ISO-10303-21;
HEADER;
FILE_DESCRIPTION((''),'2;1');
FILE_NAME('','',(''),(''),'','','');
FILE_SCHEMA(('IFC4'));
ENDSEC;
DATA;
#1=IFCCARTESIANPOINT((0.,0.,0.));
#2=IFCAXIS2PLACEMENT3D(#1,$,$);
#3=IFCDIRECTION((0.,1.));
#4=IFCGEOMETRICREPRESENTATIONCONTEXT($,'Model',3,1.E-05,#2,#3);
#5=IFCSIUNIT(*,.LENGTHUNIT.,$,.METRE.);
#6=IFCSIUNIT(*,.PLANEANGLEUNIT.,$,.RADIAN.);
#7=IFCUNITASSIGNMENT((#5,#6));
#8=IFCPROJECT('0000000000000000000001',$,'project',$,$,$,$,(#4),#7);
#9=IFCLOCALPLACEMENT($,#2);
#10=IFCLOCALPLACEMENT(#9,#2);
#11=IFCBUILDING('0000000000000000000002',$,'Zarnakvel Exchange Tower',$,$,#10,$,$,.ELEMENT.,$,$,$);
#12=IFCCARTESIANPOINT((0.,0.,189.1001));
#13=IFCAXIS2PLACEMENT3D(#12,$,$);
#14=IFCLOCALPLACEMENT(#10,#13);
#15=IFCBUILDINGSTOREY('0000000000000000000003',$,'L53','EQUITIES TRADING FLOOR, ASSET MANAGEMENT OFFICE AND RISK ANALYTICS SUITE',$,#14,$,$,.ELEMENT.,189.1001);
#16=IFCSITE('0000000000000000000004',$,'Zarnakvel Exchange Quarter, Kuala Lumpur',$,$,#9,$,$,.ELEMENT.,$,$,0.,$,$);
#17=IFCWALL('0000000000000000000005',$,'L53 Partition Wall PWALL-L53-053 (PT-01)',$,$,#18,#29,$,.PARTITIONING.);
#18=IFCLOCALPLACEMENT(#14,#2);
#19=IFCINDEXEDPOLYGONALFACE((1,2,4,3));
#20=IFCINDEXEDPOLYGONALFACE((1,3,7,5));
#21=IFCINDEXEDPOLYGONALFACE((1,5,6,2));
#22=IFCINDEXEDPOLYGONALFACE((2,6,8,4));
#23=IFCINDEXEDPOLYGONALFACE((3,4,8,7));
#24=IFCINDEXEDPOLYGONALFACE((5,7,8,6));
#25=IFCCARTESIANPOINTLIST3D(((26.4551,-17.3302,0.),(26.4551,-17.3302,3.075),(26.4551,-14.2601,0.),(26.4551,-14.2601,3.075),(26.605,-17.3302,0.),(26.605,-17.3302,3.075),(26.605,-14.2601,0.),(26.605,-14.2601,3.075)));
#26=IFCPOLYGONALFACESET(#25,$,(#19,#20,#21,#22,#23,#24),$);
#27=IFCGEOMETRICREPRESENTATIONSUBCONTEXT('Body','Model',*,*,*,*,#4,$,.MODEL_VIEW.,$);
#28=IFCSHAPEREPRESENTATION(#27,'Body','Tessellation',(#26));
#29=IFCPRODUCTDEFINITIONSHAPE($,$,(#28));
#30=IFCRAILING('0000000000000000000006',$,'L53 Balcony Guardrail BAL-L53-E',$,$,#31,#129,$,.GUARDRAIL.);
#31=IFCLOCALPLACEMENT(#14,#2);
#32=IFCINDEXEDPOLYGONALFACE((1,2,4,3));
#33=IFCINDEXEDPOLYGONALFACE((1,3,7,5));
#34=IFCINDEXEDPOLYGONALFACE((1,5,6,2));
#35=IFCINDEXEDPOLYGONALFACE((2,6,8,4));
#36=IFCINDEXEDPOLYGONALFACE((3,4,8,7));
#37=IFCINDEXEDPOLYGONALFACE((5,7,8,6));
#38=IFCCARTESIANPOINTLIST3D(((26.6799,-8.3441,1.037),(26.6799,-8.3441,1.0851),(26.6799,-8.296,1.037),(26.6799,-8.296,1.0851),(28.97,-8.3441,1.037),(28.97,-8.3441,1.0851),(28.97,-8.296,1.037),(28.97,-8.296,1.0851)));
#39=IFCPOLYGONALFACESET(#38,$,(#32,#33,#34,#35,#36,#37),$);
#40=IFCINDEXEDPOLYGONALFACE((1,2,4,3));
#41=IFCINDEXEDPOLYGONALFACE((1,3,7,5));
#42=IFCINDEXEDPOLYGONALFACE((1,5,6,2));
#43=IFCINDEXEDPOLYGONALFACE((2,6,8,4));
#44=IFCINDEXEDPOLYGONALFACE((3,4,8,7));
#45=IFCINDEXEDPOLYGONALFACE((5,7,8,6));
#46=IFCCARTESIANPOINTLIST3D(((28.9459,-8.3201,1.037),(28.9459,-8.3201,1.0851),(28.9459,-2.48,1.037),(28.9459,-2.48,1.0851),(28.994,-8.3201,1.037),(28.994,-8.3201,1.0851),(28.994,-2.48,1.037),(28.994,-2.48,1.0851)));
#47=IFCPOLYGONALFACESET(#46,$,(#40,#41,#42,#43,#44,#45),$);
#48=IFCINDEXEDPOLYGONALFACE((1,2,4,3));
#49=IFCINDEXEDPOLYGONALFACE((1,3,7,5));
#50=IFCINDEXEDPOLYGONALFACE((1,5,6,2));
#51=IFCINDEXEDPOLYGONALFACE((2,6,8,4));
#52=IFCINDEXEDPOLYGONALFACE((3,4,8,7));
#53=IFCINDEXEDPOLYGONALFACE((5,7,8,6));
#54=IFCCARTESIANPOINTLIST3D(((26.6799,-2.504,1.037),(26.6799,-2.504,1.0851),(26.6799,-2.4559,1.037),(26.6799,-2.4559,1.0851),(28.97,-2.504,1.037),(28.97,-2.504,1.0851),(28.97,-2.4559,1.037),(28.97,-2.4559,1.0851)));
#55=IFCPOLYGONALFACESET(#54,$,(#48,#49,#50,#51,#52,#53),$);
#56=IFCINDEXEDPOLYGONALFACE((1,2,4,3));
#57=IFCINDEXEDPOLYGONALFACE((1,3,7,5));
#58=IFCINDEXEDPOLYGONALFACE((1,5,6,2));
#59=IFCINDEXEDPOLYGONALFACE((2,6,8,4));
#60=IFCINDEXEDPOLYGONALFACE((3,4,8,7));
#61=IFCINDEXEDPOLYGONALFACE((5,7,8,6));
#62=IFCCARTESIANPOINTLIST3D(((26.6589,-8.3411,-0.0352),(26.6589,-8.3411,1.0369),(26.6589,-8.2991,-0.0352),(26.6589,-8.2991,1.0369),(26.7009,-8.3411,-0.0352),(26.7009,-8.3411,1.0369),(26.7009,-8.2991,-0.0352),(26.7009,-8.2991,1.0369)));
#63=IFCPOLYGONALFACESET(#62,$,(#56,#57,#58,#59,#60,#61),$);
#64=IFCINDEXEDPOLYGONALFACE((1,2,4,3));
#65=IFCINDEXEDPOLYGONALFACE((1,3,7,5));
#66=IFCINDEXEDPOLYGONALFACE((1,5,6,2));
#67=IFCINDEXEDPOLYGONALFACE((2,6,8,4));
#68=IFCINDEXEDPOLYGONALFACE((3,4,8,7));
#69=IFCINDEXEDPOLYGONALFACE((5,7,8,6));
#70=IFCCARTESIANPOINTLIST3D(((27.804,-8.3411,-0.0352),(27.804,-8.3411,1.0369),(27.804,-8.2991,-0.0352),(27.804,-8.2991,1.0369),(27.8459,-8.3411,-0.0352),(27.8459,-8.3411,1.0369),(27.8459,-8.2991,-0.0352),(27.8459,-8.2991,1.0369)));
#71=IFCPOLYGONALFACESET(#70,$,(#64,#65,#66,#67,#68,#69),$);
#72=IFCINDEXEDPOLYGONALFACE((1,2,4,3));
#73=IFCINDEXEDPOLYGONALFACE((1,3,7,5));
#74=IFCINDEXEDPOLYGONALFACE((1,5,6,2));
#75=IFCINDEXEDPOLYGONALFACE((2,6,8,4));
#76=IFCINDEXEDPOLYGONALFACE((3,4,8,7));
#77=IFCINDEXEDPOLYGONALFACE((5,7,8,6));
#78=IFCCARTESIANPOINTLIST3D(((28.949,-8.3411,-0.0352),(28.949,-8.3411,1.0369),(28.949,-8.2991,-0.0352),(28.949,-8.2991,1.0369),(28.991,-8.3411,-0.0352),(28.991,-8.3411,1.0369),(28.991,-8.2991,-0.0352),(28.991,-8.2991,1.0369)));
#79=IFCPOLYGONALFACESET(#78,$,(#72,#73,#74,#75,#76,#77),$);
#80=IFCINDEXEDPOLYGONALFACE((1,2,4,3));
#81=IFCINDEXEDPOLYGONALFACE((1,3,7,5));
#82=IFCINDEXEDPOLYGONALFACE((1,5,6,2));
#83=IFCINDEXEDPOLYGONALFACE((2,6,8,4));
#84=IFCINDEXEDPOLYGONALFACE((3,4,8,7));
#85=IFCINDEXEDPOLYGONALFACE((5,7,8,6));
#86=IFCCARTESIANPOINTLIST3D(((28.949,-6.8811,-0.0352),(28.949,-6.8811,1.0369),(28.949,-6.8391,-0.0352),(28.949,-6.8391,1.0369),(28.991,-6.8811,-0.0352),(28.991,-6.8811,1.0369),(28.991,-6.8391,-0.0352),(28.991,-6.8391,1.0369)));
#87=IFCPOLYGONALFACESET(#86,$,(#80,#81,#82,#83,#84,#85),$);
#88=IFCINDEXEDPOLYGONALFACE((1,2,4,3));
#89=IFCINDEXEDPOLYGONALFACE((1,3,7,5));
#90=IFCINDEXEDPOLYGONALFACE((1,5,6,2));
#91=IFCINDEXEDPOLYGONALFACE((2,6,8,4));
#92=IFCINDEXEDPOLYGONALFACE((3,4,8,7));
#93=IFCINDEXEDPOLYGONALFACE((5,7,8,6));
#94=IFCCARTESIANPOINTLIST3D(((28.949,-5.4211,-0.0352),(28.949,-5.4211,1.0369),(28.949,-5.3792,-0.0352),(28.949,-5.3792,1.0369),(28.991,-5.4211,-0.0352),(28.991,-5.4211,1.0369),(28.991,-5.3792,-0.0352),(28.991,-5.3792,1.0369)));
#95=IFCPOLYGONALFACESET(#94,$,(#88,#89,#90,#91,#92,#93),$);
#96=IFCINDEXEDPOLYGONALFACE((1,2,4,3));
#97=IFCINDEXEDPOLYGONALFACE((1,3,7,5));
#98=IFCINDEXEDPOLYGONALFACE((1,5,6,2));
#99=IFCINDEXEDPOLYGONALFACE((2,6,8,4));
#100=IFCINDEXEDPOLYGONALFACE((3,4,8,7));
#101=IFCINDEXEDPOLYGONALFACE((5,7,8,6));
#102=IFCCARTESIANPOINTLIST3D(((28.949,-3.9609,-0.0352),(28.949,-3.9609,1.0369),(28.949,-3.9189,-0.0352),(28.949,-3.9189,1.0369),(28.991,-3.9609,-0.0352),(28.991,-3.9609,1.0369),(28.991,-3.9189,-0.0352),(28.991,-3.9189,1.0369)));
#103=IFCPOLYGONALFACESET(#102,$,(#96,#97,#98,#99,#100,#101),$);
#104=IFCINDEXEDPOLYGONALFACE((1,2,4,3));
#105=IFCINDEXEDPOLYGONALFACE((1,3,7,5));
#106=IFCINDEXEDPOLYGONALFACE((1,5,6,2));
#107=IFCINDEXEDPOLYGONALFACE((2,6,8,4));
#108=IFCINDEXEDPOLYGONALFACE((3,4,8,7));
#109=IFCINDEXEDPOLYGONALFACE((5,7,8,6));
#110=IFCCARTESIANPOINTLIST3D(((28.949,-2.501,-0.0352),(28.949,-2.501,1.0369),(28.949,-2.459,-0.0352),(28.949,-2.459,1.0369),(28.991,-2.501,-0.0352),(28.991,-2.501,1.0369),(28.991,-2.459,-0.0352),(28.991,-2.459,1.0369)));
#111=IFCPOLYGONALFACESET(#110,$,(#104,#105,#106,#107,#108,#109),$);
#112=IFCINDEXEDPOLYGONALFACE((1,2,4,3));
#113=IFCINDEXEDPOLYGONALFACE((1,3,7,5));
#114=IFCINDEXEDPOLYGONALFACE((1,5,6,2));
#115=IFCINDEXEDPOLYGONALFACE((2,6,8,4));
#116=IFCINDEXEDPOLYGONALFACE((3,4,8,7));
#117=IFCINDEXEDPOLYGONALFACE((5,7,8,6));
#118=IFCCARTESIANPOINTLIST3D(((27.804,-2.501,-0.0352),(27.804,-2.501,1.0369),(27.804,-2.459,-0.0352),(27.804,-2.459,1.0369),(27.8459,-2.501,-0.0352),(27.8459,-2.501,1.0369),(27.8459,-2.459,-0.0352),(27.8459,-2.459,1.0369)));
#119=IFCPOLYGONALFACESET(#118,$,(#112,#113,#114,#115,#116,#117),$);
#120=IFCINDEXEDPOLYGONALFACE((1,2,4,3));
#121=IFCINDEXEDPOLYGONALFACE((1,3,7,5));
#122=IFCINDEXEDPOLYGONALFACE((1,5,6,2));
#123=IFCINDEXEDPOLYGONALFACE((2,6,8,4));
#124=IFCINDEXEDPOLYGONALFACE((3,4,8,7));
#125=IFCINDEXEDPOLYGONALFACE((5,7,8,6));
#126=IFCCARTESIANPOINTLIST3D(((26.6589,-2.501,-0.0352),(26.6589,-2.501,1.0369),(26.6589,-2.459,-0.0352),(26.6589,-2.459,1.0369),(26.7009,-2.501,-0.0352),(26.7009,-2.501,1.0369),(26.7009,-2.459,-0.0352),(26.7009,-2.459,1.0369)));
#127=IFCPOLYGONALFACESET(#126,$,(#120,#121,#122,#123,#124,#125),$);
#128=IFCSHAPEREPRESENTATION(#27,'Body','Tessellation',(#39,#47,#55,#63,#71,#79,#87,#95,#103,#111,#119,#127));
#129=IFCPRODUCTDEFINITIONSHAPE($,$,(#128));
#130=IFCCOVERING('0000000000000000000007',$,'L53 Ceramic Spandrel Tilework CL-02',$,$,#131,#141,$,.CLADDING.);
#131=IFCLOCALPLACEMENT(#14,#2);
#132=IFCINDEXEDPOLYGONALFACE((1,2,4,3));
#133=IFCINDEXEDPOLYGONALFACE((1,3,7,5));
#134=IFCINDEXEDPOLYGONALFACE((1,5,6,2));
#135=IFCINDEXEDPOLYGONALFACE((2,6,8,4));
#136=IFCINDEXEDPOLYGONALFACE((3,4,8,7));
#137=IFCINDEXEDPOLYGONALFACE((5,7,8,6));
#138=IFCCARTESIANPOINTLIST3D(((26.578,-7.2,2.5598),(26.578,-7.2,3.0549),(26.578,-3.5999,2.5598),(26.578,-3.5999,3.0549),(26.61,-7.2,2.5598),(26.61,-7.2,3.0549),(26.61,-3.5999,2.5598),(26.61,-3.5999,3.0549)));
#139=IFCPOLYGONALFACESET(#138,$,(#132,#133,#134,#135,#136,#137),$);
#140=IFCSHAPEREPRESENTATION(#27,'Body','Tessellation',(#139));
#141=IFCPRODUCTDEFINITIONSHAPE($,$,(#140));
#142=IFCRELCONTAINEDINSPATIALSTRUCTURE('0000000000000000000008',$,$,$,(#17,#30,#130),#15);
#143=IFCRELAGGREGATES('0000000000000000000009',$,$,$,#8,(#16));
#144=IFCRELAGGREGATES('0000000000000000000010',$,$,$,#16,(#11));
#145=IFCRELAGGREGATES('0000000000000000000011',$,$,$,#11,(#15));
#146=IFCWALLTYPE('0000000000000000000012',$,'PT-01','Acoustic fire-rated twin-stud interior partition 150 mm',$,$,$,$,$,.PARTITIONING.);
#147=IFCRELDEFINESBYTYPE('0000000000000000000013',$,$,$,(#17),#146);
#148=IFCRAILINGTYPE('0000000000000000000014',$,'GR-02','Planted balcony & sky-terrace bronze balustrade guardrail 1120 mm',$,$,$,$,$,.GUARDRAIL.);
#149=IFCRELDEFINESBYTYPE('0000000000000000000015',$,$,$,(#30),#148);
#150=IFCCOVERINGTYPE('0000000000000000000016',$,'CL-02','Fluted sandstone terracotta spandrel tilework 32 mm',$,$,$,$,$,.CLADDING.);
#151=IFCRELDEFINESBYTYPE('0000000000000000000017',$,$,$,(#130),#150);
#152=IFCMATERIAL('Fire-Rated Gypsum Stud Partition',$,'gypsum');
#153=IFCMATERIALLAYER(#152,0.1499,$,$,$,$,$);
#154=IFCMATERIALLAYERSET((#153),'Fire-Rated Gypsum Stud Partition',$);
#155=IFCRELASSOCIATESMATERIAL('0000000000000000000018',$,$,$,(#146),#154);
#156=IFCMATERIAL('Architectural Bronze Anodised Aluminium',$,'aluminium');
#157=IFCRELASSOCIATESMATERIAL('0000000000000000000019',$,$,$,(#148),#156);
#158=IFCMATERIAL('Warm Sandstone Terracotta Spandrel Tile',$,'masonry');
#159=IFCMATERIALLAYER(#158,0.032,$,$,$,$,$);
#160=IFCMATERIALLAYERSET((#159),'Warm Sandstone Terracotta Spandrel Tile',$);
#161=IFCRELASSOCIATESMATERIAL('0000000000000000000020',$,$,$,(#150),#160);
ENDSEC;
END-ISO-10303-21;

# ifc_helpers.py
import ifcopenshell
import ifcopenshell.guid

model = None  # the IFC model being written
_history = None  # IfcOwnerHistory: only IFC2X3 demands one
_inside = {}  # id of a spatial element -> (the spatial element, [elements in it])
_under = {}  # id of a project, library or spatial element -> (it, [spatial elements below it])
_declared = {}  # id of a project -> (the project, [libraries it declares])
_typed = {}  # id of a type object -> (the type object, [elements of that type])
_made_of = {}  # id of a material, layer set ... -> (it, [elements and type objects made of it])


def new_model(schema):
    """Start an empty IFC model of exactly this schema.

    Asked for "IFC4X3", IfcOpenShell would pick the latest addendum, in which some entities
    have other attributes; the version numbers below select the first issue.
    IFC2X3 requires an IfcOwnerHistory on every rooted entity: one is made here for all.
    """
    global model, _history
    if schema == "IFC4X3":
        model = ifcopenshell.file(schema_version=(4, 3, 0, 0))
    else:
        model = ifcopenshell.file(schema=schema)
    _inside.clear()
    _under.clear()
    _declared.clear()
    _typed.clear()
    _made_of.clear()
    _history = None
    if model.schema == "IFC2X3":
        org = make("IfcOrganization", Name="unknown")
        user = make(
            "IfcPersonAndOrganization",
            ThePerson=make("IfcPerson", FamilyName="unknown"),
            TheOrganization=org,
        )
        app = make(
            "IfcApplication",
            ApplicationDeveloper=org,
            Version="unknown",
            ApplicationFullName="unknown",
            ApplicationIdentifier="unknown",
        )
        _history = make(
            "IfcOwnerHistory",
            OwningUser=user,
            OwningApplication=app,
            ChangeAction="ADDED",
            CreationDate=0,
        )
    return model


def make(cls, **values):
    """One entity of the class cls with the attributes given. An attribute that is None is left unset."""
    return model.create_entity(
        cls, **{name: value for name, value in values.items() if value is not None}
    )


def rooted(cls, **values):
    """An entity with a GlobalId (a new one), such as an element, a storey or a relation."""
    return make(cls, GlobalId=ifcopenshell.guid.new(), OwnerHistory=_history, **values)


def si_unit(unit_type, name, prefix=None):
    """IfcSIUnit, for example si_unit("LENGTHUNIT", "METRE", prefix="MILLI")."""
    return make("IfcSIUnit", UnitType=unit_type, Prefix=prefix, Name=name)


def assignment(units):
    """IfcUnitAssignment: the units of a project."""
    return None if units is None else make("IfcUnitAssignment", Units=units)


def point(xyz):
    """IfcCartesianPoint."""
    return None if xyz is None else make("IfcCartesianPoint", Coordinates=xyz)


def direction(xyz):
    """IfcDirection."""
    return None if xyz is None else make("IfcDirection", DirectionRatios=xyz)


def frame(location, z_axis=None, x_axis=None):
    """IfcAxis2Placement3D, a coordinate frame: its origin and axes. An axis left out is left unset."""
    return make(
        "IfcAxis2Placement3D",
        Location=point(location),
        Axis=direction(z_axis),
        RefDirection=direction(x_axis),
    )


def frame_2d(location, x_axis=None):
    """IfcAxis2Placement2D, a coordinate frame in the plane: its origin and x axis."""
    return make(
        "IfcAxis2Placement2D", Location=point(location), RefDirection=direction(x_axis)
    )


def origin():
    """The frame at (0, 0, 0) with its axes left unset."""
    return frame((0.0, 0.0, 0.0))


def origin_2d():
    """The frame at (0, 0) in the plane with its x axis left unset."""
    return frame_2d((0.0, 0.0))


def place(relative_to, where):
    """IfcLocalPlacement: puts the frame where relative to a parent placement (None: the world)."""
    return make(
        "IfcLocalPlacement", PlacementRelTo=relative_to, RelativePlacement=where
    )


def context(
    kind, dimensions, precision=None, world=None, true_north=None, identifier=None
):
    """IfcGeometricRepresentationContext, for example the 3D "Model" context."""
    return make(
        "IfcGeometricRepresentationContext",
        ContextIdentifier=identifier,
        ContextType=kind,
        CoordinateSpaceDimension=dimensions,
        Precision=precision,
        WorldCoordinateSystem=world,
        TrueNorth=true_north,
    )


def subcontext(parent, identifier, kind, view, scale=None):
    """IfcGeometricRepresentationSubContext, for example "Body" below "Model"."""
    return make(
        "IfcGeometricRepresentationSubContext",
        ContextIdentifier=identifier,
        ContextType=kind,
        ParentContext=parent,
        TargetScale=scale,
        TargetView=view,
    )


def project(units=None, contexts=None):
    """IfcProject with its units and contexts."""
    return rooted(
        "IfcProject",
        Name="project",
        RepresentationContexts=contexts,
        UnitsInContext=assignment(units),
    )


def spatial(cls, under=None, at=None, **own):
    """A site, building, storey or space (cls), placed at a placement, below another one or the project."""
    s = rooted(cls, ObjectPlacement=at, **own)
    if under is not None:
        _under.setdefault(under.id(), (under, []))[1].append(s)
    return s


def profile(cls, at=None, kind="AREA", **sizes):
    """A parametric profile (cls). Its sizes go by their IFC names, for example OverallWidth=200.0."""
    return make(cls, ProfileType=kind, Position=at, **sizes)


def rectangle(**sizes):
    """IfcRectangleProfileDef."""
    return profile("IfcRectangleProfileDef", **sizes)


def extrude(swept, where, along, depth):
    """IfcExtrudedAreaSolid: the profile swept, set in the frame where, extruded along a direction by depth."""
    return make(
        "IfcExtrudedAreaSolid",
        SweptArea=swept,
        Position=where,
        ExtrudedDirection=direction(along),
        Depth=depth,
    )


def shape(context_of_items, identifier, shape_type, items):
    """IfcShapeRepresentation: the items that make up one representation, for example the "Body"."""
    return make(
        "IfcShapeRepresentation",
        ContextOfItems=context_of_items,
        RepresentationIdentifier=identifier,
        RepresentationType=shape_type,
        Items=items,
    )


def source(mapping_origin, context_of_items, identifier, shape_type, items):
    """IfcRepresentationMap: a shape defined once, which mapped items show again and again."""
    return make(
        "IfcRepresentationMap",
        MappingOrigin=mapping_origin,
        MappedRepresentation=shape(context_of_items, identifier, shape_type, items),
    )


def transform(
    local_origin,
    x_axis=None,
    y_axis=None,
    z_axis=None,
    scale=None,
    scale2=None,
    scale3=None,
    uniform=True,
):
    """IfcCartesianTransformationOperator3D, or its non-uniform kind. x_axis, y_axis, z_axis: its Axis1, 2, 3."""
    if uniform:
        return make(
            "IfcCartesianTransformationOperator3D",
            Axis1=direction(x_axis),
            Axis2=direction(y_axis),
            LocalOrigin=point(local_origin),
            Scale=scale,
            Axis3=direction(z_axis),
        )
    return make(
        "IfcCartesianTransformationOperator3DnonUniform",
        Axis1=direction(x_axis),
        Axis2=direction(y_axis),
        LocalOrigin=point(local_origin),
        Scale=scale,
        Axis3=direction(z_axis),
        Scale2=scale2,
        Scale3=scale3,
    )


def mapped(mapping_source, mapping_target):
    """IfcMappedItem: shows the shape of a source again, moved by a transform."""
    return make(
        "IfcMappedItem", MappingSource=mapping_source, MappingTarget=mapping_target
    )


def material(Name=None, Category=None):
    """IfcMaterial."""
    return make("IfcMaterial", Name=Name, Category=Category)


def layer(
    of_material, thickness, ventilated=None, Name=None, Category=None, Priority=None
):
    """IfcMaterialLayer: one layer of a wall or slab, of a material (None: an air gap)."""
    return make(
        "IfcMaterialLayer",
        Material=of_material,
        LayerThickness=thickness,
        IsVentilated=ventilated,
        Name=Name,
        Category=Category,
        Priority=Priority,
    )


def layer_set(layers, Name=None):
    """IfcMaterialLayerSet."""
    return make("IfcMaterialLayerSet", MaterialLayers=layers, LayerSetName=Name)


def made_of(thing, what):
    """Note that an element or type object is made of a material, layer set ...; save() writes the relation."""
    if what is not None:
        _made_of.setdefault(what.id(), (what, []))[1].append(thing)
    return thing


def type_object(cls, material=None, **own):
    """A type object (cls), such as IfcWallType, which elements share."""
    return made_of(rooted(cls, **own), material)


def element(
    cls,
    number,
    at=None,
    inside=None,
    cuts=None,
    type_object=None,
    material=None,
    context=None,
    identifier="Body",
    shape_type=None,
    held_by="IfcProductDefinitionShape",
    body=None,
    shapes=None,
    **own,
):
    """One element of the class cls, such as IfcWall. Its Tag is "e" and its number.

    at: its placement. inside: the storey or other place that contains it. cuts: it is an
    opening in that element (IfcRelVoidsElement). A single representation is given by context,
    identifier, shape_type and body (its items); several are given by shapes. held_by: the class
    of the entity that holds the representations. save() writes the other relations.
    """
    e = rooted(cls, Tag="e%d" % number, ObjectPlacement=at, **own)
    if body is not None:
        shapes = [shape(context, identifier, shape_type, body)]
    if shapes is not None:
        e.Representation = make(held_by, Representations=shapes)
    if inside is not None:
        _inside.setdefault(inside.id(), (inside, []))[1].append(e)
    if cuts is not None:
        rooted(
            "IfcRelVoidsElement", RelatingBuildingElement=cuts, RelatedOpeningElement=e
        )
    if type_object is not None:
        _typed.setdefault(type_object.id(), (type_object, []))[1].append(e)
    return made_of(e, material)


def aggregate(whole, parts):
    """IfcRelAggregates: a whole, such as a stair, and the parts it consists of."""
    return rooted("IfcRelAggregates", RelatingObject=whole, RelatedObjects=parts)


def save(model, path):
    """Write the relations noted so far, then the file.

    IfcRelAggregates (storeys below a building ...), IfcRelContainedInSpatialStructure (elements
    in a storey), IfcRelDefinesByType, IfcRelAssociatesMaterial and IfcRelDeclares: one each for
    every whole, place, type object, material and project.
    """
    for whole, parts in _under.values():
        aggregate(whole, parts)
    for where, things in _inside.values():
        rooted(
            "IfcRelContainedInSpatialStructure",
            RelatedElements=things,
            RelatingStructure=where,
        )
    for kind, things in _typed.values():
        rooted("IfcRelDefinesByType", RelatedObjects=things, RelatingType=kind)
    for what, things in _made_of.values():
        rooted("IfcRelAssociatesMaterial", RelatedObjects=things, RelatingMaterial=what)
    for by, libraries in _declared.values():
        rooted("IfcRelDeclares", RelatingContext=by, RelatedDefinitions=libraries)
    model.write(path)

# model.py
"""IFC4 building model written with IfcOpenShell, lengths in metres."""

from ifc_helpers import new_model, si_unit, direction, frame, frame_2d, origin, origin_2d, place, context, subcontext, project, spatial, rectangle, extrude, source, transform, mapped, material, layer, layer_set, type_object, element, save


model = new_model("IFC4")

# Units and contexts
model_context = context("Model", 3, precision=1e-05, world=origin(), true_north=direction((0.0, 1.0)))
body_context = subcontext(model_context, "Body", "Model", "MODEL_VIEW")
ifc_project = project(units=[si_unit("LENGTHUNIT", "METRE"), si_unit("PLANEANGLEUNIT", "RADIAN")], contexts=[model_context])

# Site, building, storey
site_placement = place(None, origin())
site = spatial("IfcSite", under=ifc_project, at=site_placement, Name="Zarnakvel Exchange Quarter, Kuala Lumpur", CompositionType="ELEMENT", RefElevation=0.0)
building_placement = place(site_placement, origin())
building = spatial("IfcBuilding", under=site, at=building_placement, Name="Zarnakvel Exchange Tower", CompositionType="ELEMENT")
storey_placement = place(building_placement, frame((0.0, 0.0, 189.1001)))
storey = spatial("IfcBuildingStorey", under=building, at=storey_placement, Name="L53", Description="EQUITIES TRADING FLOOR, ASSET MANAGEMENT OFFICE AND RISK ANALYTICS SUITE", CompositionType="ELEMENT", Elevation=189.1001)

# Shared definitions
ifc_material_1 = material(Name="Architectural Bronze Anodised Aluminium", Category="aluminium")

# Wall
ifc_material_2 = material(Name="Fire-Rated Gypsum Stud Partition", Category="gypsum")
ifc_layer_1 = layer(ifc_material_2, 0.1499)
ifc_layer_set_1 = layer_set([ifc_layer_1], Name="Fire-Rated Gypsum Stud Partition")
wall_type_1 = type_object("IfcWallType", Name="PT-01", Description="Acoustic fire-rated twin-stud interior partition 150 mm", PredefinedType="PARTITIONING", material=ifc_layer_set_1)
wall_1_placement = place(storey_placement, frame((26.53, -14.26, 0.0), z_axis=(0.0, 0.0, 1.0), x_axis=(0.0, -1.0, 0.0)))
element("IfcWall", 1, at=wall_1_placement, inside=storey, type_object=wall_type_1, Name="L53 Partition Wall PWALL-L53-053 (PT-01)", PredefinedType="PARTITIONING", context=body_context, shape_type="SweptSolid", body=[
    extrude(rectangle(XDim=3.0701, YDim=0.1499, at=frame_2d((1.5352, 0.0))), origin(), (0.0, 0.0, 1.0), 3.075),
])

# Railing
railing_type = type_object("IfcRailingType", Name="GR-02", Description="Planted balcony & sky-terrace bronze balustrade guardrail 1120 mm", PredefinedType="GUARDRAIL", material=ifc_material_1)
railing_placement = place(storey_placement, frame((26.6799, -8.3201, -0.0352)))
element("IfcRailing", 2, at=railing_placement, inside=storey, type_object=railing_type, Name="L53 Balcony Guardrail BAL-L53-E", PredefinedType="GUARDRAIL", context=body_context, shape_type="SweptSolid", body=[
    extrude(rectangle(XDim=0.0481, YDim=0.0481, at=origin_2d()), frame((0.0, 0.0, 1.0962), z_axis=(1.0, 0.0, 0.0), x_axis=(0.0, 1.0, 0.0)), (0.0, 0.0, 1.0), 2.29),
    extrude(rectangle(XDim=0.0481, YDim=0.0481, at=origin_2d()), frame((2.29, 0.0, 1.0962), z_axis=(0.0, 1.0, 0.0), x_axis=(-1.0, 0.0, 0.0)), (0.0, 0.0, 1.0), 5.8401),
    extrude(rectangle(XDim=0.0481, YDim=0.0481, at=origin_2d()), frame((2.29, 5.8401, 1.0962), z_axis=(-1.0, 0.0, 0.0), x_axis=(0.0, -1.0, 0.0)), (0.0, 0.0, 1.0), 2.29),
    extrude(rectangle(XDim=0.042, YDim=0.042, at=origin_2d()), origin(), (0.0, 0.0, 1.0), 1.072),
    extrude(rectangle(XDim=0.042, YDim=0.042, at=origin_2d()), frame((1.145, 0.0, 0.0)), (0.0, 0.0, 1.0), 1.072),
    extrude(rectangle(XDim=0.042, YDim=0.042, at=origin_2d()), frame((2.29, 0.0, 0.0)), (0.0, 0.0, 1.0), 1.072),
    extrude(rectangle(XDim=0.042, YDim=0.042, at=origin_2d()), frame((2.29, 1.46, 0.0)), (0.0, 0.0, 1.0), 1.072),
    extrude(rectangle(XDim=0.042, YDim=0.042, at=origin_2d()), frame((2.29, 2.9199, 0.0)), (0.0, 0.0, 1.0), 1.072),
    extrude(rectangle(XDim=0.042, YDim=0.042, at=origin_2d()), frame((2.29, 4.3801, 0.0)), (0.0, 0.0, 1.0), 1.072),
    extrude(rectangle(XDim=0.042, YDim=0.042, at=origin_2d()), frame((2.29, 5.8401, 0.0)), (0.0, 0.0, 1.0), 1.072),
    extrude(rectangle(XDim=0.042, YDim=0.042, at=origin_2d()), frame((1.145, 5.8401, 0.0)), (0.0, 0.0, 1.0), 1.072),
    extrude(rectangle(XDim=0.042, YDim=0.042, at=origin_2d()), frame((0.0, 5.8401, 0.0)), (0.0, 0.0, 1.0), 1.072),
])

# Covering
ifc_material_3 = material(Name="Warm Sandstone Terracotta Spandrel Tile", Category="masonry")
ifc_layer_2 = layer(ifc_material_3, 0.032)
ifc_layer_set_2 = layer_set([ifc_layer_2], Name="Warm Sandstone Terracotta Spandrel Tile")
covering_type = type_object("IfcCoveringType", Name="CL-02", Description="Fluted sandstone terracotta spandrel tilework 32 mm", PredefinedType="CLADDING", material=ifc_layer_set_2)
shared_shape_1 = source(origin(), body_context, "Body", "SweptSolid", [
    extrude(rectangle(XDim=3.6001, YDim=0.032, at=origin_2d()), origin(), (0.0, 0.0, 1.0), 0.4951),
])
covering_placement = place(storey_placement, frame((26.594, -5.3999, 2.5598), z_axis=(0.0, 0.0, 1.0), x_axis=(0.0, -1.0, 0.0)))
element("IfcCovering", 3, at=covering_placement, inside=storey, type_object=covering_type, Name="L53 Ceramic Spandrel Tilework CL-02", PredefinedType="CLADDING", context=body_context, shape_type="MappedRepresentation", body=[
    mapped(shared_shape_1, transform((0.0, 0.0, 0.0), x_axis=(1.0, 0.0, 0.0), y_axis=(0.0, 1.0, 0.0), z_axis=(0.0, 0.0, 1.0), scale=1.0)),
])

save(model, "model.ifc")
